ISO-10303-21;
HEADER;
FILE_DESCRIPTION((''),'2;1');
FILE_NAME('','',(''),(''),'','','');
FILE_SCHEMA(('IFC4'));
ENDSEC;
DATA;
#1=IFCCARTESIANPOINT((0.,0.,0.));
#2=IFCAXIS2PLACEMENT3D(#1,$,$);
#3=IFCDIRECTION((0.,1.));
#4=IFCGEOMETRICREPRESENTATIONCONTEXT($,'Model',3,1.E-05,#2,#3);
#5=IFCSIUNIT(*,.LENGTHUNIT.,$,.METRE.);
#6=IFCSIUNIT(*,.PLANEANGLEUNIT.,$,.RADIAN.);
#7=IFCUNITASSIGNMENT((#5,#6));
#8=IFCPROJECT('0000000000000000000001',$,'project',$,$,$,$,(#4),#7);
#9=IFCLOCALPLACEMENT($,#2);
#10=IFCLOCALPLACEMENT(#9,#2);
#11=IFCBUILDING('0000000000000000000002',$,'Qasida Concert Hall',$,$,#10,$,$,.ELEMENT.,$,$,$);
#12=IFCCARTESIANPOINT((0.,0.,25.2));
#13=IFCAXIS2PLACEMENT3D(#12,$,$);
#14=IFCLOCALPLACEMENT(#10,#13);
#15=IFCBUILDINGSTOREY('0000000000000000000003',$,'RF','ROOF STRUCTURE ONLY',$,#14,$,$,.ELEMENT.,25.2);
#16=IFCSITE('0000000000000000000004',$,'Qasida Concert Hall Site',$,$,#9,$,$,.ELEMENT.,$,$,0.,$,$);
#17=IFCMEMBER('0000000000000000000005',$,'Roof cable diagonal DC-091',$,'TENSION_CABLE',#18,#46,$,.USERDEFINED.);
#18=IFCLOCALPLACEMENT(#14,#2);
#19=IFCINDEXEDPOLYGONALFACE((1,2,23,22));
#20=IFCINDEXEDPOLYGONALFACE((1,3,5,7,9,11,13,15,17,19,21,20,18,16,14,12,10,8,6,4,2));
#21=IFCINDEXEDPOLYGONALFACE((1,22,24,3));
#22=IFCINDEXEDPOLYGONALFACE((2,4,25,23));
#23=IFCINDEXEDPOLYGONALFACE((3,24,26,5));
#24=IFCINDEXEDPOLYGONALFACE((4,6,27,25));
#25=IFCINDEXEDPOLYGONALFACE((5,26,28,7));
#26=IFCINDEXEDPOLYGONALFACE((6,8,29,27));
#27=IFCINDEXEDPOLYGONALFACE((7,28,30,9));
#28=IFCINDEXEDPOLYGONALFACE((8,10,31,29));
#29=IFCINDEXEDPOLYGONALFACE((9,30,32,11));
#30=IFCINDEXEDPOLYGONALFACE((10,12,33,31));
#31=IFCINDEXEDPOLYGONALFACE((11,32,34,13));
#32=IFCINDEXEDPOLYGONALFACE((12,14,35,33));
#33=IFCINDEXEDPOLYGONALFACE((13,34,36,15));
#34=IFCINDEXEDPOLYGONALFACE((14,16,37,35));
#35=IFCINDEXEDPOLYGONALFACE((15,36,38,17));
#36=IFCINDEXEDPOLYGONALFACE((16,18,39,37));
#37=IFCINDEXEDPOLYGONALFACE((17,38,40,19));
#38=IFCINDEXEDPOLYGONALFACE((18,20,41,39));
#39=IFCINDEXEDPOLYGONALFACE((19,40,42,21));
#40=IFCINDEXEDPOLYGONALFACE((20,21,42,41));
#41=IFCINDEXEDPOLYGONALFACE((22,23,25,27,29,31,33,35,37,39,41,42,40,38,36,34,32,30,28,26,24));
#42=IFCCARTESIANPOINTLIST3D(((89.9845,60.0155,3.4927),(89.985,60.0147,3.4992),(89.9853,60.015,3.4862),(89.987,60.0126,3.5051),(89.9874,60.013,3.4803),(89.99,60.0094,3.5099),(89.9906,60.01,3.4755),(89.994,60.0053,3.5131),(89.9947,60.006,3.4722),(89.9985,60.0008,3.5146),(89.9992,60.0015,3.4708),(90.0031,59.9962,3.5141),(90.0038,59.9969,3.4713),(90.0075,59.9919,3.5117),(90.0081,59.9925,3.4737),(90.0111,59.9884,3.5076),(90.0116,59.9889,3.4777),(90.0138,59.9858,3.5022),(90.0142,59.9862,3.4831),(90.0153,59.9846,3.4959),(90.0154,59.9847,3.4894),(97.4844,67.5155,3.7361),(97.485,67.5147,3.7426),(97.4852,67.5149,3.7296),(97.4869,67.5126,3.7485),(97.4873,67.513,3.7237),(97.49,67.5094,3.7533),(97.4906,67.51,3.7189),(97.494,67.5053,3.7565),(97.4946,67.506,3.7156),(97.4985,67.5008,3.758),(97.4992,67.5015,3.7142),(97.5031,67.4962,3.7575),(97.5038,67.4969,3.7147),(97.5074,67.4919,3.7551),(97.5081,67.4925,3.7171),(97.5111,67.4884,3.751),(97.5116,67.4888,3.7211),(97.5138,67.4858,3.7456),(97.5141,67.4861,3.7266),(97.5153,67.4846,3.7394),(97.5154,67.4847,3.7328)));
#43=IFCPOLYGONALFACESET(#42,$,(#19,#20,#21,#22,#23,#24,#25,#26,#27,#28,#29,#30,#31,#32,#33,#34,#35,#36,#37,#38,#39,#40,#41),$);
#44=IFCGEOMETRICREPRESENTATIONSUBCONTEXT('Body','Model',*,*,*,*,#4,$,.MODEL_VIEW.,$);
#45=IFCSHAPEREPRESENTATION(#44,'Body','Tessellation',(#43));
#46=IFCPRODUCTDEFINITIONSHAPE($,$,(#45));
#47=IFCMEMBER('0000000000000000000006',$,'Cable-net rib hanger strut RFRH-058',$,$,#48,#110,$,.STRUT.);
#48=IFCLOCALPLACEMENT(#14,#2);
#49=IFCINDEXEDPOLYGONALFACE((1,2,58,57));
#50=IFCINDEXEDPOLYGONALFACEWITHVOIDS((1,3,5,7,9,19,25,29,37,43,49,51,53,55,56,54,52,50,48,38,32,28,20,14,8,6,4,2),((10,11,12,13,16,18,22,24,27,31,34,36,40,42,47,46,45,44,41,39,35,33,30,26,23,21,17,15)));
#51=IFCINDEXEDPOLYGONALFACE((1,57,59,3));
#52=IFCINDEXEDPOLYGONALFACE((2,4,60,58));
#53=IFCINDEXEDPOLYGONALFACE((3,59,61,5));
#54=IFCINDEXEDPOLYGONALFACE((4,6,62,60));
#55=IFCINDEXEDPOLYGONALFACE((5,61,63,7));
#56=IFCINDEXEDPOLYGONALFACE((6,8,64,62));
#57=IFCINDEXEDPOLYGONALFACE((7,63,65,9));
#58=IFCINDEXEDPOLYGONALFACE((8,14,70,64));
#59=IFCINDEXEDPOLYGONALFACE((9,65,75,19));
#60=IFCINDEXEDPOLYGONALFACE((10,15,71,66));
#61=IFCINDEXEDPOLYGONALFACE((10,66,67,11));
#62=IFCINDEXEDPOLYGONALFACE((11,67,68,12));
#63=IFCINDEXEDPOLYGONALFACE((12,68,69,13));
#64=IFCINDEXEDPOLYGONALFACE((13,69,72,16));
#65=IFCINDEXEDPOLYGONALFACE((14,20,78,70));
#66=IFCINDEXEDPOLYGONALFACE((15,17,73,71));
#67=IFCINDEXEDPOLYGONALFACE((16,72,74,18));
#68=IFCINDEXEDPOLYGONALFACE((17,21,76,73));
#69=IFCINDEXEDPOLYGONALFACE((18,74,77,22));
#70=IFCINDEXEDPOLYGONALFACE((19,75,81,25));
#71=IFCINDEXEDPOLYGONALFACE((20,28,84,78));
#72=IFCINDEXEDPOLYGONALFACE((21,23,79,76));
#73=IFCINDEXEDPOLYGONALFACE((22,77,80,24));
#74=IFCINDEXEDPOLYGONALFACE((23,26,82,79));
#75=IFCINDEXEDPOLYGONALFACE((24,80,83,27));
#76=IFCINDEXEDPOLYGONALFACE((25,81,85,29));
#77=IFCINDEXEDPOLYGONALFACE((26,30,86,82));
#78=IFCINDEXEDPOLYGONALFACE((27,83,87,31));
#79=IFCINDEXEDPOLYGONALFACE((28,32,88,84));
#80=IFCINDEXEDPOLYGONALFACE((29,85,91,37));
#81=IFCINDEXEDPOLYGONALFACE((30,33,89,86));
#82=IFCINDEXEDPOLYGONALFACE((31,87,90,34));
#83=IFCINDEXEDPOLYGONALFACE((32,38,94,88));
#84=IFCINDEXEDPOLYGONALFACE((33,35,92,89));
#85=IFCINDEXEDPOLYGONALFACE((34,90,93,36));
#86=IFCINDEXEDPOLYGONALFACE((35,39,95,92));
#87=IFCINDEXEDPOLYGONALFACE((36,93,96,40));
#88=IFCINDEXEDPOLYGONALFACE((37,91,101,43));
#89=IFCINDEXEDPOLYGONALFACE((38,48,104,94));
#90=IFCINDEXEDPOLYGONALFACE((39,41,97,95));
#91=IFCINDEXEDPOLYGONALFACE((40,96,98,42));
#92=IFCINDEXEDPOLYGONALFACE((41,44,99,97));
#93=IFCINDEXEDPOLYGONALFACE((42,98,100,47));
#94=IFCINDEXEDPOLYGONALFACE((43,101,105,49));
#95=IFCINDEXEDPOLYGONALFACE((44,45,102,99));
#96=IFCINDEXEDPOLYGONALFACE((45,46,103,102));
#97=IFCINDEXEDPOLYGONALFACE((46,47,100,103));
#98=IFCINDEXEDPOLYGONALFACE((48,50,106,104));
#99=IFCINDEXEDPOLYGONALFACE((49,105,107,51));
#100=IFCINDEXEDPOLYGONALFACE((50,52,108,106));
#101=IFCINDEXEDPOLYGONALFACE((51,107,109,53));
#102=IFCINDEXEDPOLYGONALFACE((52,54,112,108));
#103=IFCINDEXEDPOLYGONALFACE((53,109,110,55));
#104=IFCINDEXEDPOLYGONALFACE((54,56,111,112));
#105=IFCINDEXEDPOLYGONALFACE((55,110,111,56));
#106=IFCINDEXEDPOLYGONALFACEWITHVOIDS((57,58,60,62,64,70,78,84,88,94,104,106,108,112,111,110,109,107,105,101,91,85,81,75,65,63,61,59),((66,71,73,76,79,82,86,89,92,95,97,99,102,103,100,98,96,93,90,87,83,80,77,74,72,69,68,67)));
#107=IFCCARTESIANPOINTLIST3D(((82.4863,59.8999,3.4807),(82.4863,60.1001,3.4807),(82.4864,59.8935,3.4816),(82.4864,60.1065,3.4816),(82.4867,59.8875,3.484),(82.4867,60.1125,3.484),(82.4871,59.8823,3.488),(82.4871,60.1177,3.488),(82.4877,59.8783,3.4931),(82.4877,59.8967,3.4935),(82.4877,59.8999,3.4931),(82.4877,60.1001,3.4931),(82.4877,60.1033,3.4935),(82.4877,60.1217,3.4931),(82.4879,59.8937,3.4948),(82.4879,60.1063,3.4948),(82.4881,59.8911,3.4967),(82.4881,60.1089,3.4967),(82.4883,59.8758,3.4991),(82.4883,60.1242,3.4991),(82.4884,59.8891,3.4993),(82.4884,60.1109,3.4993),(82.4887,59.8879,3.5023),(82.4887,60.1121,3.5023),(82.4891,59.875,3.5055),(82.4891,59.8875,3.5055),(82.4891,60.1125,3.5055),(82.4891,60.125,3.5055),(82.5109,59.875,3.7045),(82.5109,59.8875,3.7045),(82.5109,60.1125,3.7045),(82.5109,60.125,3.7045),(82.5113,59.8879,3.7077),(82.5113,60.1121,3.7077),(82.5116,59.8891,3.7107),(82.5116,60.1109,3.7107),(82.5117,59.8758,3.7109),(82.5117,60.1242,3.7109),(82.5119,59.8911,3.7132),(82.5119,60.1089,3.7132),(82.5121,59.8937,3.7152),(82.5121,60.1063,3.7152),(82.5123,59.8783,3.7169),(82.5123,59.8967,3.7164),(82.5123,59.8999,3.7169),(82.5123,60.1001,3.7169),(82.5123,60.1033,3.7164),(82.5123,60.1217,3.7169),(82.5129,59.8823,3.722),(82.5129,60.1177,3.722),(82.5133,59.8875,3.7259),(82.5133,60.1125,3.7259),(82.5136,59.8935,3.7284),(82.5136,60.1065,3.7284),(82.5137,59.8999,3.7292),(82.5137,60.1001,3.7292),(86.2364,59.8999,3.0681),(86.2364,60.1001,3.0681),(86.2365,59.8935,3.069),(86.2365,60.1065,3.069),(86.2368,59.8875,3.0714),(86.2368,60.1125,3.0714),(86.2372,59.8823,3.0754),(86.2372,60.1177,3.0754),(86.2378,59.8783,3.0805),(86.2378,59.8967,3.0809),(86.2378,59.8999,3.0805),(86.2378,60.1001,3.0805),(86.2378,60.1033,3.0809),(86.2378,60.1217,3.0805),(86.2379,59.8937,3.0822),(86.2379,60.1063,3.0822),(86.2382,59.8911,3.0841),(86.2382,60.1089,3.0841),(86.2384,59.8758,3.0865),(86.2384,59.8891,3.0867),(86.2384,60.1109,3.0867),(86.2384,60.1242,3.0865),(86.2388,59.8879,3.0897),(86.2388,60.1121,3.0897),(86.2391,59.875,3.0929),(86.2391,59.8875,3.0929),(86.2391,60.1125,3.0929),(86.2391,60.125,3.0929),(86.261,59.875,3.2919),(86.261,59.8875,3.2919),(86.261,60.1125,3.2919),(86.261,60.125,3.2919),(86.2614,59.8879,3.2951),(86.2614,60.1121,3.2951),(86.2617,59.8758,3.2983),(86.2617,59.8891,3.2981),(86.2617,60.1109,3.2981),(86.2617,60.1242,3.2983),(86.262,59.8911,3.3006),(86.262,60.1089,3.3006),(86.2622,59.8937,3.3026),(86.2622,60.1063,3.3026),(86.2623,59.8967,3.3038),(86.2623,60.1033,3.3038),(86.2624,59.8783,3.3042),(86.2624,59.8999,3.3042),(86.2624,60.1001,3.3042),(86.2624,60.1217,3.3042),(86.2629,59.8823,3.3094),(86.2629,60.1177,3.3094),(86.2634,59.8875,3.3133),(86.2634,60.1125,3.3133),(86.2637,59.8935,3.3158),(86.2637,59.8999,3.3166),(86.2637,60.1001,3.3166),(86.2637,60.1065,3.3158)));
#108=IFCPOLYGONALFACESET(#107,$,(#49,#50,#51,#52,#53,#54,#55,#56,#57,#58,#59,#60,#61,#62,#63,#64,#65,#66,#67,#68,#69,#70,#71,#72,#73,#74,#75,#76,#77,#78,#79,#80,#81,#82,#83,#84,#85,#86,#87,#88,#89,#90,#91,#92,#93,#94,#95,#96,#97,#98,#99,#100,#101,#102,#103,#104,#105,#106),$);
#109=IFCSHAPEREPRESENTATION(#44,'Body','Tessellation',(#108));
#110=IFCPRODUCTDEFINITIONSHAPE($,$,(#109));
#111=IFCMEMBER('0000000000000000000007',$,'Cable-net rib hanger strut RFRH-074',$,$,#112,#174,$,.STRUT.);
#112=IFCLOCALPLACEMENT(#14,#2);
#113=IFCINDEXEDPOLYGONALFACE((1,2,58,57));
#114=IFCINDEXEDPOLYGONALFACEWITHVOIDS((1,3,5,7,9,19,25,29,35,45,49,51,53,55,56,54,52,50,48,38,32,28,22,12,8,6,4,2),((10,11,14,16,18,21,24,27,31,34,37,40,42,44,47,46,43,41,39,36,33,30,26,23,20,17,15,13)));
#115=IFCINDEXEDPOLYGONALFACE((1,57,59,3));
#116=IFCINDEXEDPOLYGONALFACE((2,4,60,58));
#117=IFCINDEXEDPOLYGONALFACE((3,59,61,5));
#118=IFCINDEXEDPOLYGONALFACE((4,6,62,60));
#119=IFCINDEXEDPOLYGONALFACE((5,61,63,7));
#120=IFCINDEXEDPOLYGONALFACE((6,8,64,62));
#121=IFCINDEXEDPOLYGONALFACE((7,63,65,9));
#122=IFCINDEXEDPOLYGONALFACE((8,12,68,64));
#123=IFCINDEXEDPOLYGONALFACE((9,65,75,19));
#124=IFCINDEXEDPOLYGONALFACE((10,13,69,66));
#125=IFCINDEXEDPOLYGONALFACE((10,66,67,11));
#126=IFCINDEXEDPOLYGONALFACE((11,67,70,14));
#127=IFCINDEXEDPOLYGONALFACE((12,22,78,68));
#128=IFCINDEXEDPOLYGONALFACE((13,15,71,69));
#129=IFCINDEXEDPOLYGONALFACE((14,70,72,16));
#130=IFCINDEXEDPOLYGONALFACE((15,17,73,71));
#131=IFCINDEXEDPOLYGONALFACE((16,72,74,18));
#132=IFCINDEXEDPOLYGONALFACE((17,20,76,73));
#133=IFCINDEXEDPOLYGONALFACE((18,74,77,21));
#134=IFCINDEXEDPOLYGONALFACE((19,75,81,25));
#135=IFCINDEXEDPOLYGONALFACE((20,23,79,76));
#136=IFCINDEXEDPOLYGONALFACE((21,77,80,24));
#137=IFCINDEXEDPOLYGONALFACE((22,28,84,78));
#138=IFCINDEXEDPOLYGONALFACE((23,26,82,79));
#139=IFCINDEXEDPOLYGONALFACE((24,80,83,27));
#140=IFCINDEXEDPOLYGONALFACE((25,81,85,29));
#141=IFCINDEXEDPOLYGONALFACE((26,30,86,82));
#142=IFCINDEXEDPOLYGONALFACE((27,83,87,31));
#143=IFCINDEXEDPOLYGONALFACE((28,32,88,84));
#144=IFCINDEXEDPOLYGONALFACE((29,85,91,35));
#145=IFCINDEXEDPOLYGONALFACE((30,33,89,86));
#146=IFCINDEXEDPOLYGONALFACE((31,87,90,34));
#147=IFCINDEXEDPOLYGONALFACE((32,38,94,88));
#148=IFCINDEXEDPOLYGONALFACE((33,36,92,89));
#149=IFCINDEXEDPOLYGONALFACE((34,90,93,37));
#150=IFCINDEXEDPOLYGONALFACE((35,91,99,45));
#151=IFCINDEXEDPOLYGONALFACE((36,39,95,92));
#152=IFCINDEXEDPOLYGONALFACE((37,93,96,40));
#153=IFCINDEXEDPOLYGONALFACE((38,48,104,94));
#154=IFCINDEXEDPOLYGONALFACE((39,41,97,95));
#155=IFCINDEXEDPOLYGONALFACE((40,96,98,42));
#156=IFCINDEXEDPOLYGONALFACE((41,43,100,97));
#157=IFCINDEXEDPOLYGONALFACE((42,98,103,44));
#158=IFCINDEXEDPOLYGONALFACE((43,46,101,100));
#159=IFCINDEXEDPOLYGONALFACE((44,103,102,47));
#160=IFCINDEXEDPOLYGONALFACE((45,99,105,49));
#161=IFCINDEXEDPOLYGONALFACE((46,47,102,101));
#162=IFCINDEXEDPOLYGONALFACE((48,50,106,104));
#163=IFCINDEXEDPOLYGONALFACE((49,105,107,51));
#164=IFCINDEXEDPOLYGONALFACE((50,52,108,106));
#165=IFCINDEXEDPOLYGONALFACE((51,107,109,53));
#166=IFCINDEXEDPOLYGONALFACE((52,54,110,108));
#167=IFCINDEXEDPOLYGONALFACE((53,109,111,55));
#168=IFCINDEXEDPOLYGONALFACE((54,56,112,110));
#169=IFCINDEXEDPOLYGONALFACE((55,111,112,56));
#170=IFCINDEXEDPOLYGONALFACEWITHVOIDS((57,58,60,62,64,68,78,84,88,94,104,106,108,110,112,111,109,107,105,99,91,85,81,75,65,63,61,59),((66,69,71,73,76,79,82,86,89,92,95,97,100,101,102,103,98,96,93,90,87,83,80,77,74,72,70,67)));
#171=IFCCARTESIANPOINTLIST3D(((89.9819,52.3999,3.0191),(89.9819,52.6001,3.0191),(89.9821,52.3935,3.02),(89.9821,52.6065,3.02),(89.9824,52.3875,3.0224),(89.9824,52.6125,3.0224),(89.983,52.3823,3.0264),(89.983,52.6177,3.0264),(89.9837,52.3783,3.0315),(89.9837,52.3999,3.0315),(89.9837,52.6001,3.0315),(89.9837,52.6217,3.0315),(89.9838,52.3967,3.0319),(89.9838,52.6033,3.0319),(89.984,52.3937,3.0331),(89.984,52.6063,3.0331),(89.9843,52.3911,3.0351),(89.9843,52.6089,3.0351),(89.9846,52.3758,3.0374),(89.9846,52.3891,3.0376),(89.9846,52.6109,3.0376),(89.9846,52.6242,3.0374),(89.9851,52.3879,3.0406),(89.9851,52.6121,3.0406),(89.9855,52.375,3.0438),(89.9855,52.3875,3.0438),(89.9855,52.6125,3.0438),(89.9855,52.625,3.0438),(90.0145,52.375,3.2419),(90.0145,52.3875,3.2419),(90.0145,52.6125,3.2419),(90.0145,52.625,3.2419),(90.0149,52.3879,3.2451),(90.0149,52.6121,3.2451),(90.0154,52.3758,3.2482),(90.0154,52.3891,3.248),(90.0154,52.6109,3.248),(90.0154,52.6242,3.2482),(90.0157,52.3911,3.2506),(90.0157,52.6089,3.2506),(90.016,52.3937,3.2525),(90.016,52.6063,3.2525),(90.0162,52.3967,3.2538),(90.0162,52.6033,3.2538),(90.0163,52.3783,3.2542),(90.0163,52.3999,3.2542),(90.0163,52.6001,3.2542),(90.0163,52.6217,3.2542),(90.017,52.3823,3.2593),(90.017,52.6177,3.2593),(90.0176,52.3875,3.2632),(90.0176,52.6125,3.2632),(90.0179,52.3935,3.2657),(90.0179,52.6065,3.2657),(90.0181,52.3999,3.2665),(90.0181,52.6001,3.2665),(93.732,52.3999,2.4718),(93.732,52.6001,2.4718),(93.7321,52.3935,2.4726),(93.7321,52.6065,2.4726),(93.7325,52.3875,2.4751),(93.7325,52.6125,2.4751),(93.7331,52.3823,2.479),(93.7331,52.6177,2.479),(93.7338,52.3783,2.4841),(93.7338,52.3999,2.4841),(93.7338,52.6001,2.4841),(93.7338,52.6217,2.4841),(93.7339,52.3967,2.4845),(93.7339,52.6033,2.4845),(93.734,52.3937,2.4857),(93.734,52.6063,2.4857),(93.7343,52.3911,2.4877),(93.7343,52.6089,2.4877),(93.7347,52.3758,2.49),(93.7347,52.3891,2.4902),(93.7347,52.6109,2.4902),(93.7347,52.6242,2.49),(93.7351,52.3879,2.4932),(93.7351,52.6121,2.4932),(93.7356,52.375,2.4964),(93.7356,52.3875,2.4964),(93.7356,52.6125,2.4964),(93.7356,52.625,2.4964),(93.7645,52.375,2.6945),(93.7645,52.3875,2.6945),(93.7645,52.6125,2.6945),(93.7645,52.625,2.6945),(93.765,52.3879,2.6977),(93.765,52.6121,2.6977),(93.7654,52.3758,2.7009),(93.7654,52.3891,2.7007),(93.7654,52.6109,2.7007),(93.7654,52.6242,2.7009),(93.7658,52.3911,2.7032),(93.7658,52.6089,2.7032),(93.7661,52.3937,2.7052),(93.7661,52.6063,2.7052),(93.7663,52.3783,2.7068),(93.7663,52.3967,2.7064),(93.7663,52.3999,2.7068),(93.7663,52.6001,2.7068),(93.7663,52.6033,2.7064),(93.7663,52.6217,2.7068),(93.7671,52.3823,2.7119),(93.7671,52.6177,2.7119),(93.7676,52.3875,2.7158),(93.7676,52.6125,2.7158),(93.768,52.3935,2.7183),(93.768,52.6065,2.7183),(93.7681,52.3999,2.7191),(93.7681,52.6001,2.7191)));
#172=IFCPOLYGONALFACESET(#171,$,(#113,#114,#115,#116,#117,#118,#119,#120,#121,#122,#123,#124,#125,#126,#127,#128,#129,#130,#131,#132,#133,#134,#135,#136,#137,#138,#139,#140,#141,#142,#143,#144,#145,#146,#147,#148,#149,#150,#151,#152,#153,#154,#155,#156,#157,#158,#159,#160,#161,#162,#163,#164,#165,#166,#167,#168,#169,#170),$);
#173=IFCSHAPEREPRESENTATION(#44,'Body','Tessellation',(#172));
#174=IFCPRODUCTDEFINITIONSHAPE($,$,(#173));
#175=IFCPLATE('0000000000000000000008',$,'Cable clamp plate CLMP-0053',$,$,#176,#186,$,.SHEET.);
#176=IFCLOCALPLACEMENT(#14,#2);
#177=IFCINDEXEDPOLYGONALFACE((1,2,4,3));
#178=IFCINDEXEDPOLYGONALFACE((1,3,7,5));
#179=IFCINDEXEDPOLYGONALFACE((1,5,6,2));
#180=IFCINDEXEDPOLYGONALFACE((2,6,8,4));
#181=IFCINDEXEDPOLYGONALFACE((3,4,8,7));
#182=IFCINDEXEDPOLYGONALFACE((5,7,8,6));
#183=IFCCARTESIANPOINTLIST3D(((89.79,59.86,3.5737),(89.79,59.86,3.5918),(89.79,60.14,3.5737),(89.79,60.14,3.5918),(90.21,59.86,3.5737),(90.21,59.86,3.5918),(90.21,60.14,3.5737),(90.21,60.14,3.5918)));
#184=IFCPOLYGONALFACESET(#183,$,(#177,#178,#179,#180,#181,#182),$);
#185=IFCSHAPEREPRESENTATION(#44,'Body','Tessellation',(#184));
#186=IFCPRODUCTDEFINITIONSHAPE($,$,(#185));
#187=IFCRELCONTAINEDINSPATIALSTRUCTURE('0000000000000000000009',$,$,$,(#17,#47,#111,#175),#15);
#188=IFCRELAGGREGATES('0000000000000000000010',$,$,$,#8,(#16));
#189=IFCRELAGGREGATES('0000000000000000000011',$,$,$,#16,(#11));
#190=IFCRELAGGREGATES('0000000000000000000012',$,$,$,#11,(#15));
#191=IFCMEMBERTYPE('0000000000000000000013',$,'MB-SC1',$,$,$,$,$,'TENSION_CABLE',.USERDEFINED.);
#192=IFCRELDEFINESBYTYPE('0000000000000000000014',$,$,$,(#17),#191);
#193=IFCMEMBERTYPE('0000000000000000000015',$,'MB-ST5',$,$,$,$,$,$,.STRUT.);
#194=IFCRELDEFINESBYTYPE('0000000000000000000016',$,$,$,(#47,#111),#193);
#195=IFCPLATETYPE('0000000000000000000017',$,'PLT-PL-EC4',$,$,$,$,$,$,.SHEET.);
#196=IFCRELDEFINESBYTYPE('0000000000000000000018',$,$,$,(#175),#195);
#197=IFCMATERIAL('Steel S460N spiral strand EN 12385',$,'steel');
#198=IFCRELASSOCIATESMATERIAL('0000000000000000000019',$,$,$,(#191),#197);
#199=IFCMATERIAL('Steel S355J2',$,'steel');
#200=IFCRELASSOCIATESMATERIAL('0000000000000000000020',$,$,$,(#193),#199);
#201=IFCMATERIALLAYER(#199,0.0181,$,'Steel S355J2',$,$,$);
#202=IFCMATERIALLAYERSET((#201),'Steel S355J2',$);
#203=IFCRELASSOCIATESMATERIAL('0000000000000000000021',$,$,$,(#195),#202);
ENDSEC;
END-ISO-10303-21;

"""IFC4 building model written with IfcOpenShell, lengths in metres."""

from ifc_helpers import new_model, si_unit, direction, frame, origin, origin_2d, place, context, subcontext, project, spatial, rectangle, hollow_rectangle, circle, extrude, material, layer, layer_set, material_profile, profile_set, type_object, element, save


model = new_model("IFC4")

# Units and contexts
model_context = context("Model", 3, precision=1e-05, world=origin(), true_north=direction((0.0, 1.0)))
body_context = subcontext(model_context, "Body", "Model", "MODEL_VIEW")
ifc_project = project(units=[si_unit("LENGTHUNIT", "METRE"), si_unit("PLANEANGLEUNIT", "RADIAN")], contexts=[model_context])

# Site, building, storey
site_placement = place(None, origin())
site = spatial("IfcSite", under=ifc_project, at=site_placement, Name="Qasida Concert Hall Site", CompositionType="ELEMENT", RefElevation=0.0)
building_placement = place(site_placement, origin())
building = spatial("IfcBuilding", under=site, at=building_placement, Name="Qasida Concert Hall", CompositionType="ELEMENT")
storey_placement = place(building_placement, frame((0.0, 0.0, 25.2)))
storey = spatial("IfcBuildingStorey", under=building, at=storey_placement, Name="RF", Description="ROOF STRUCTURE ONLY", CompositionType="ELEMENT", Elevation=25.2)

# Members
ifc_material_1 = material(Name="Steel S460N spiral strand EN 12385", Category="steel")
ifc_material_2 = material(Name="Steel S355J2", Category="steel")
ifc_material_profile_1 = material_profile(ifc_material_1, circle(Radius=0.022, at=origin_2d()), Name="STRAND D44")
ifc_profile_set_1 = profile_set([ifc_material_profile_1], Name="Steel S460N spiral strand EN 12385")
member_type_1 = type_object("IfcMemberType", Name="MB-SC1", ElementType="TENSION_CABLE", PredefinedType="USERDEFINED", material=ifc_profile_set_1)
member_1_placement = place(storey_placement, frame((90.0, 60.0, 3.4927), z_axis=(0.706921, 0.706921, 0.022943), x_axis=(-0.707107, 0.707107, 0.0)))
element("IfcMember", 1, at=member_1_placement, inside=storey, type_object=member_type_1, Name="Roof cable diagonal DC-091", ObjectType="TENSION_CABLE", PredefinedType="USERDEFINED", context=body_context, shape_type="SweptSolid", body=[
    extrude(circle(Radius=0.022, at=origin_2d()), origin(), (0.0, 0.0, 1.0), 10.6094),
])
ifc_material_profile_2 = material_profile(ifc_material_2, hollow_rectangle(XDim=0.25, YDim=0.25, WallThickness=0.0125, InnerFilletRadius=0.0125, OuterFilletRadius=0.0249, at=origin_2d()), Name="SHS 250x250x12.5")
ifc_profile_set_2 = profile_set([ifc_material_profile_2], Name="Steel S355J2")
member_type_2 = type_object("IfcMemberType", Name="MB-ST5", PredefinedType="STRUT", material=ifc_profile_set_2)
member_2_placement = place(storey_placement, frame((82.5, 60.0, 3.605), z_axis=(0.994002, 0.0, -0.109366), x_axis=(0.0, 1.0, 0.0)))
element("IfcMember", 2, at=member_2_placement, inside=storey, type_object=member_type_2, Name="Cable-net rib hanger strut RFRH-058", PredefinedType="STRUT", context=body_context, shape_type="SweptSolid", body=[
    extrude(hollow_rectangle(XDim=0.25, YDim=0.25, WallThickness=0.0125, InnerFilletRadius=0.0125, OuterFilletRadius=0.0249, at=origin_2d()), origin(), (0.0, 0.0, 1.0), 3.7727),
])
member_3_placement = place(storey_placement, frame((90.0, 52.5, 3.1428), z_axis=(0.989515, 0.0, -0.144433), x_axis=(0.0, 1.0, 0.0)))
element("IfcMember", 3, at=member_3_placement, inside=storey, type_object=member_type_2, Name="Cable-net rib hanger strut RFRH-074", PredefinedType="STRUT", context=body_context, shape_type="SweptSolid", body=[
    extrude(hollow_rectangle(XDim=0.25, YDim=0.25, WallThickness=0.0125, InnerFilletRadius=0.0125, OuterFilletRadius=0.0249, at=origin_2d()), origin(), (0.0, 0.0, 1.0), 3.7898),
])

# Plate
ifc_layer_1 = layer(ifc_material_2, 0.0181, Name="Steel S355J2")
ifc_layer_set_1 = layer_set([ifc_layer_1], Name="Steel S355J2")
plate_type_1 = type_object("IfcPlateType", Name="PLT-PL-EC4", PredefinedType="SHEET", material=ifc_layer_set_1)
plate_1_placement = place(storey_placement, frame((90.0, 60.0, 3.5737), z_axis=(0.0, 0.0, 1.0), x_axis=(1.0, 0.0, 0.0)))
element("IfcPlate", 4, at=plate_1_placement, inside=storey, type_object=plate_type_1, Name="Cable clamp plate CLMP-0053", PredefinedType="SHEET", context=body_context, shape_type="SweptSolid", body=[
    extrude(rectangle(XDim=0.4199, YDim=0.28, at=origin_2d()), origin(), (0.0, 0.0, 1.0), 0.0181),
])

save(model, "model.ifc")
